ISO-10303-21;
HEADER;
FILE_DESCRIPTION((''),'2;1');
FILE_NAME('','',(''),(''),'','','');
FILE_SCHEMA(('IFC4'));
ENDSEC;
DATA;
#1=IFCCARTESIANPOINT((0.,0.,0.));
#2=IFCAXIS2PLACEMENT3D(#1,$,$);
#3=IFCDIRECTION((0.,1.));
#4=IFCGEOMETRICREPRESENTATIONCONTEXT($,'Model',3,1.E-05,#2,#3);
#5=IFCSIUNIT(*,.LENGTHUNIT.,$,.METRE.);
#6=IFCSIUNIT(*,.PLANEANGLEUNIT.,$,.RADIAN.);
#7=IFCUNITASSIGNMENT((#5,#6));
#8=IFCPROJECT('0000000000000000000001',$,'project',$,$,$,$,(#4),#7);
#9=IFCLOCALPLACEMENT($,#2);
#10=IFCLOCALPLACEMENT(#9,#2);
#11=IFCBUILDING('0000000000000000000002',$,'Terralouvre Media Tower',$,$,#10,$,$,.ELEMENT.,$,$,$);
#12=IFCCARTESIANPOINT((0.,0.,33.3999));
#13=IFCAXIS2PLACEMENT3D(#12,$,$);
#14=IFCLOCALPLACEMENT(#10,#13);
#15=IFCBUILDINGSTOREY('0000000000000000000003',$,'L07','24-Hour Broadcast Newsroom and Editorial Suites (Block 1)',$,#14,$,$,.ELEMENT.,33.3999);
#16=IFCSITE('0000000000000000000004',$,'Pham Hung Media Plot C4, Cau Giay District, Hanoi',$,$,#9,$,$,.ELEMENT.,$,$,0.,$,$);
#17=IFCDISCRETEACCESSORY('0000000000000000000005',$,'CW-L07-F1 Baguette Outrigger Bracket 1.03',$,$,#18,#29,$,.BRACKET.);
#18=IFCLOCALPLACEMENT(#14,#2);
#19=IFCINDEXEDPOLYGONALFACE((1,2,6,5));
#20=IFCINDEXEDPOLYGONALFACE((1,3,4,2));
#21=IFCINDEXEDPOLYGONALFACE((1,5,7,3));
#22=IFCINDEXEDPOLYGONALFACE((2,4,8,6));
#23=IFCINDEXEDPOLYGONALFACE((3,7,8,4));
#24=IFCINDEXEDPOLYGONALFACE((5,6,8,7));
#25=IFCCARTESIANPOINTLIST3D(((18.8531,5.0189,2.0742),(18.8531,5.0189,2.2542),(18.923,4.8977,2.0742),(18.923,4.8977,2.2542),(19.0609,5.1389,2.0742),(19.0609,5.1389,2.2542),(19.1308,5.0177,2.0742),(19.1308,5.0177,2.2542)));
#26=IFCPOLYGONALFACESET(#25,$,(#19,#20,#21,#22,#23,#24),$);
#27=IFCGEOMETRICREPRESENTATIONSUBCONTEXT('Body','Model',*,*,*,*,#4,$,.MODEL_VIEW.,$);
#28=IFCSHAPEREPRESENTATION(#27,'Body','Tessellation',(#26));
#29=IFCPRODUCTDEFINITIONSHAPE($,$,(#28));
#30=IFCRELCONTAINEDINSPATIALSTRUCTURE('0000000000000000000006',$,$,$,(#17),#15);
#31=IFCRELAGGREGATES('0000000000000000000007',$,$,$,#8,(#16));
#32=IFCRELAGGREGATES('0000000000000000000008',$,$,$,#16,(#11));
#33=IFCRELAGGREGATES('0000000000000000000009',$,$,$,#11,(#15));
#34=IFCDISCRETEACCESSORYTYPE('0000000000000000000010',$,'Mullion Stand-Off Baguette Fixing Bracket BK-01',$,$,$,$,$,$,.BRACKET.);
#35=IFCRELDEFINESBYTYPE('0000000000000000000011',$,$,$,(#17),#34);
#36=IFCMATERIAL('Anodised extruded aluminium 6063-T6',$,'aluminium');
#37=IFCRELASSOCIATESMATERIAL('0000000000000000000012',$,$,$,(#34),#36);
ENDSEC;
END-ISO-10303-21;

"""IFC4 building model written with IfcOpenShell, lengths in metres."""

from ifc_helpers import new_model, si_unit, direction, frame, origin, origin_2d, place, context, subcontext, project, spatial, rectangle, extrude, material, type_object, element, save


model = new_model("IFC4")

# Units and contexts
model_context = context("Model", 3, precision=1e-05, world=origin(), true_north=direction((0.0, 1.0)))
body_context = subcontext(model_context, "Body", "Model", "MODEL_VIEW")
ifc_project = project(units=[si_unit("LENGTHUNIT", "METRE"), si_unit("PLANEANGLEUNIT", "RADIAN")], contexts=[model_context])

# Site, building, storey
site_placement = place(None, origin())
site = spatial("IfcSite", under=ifc_project, at=site_placement, Name="Pham Hung Media Plot C4, Cau Giay District, Hanoi", CompositionType="ELEMENT", RefElevation=0.0)
building_placement = place(site_placement, origin())
building = spatial("IfcBuilding", under=site, at=building_placement, Name="Terralouvre Media Tower", CompositionType="ELEMENT")
storey_placement = place(building_placement, frame((0.0, 0.0, 33.3999)))
storey = spatial("IfcBuildingStorey", under=building, at=storey_placement, Name="L07", Description="24-Hour Broadcast Newsroom and Editorial Suites (Block 1)", CompositionType="ELEMENT", Elevation=33.3999)

# Discrete accessory
ifc_material_1 = material(Name="Anodised extruded aluminium 6063-T6", Category="aluminium")
discrete_accessory_type = type_object("IfcDiscreteAccessoryType", Name="Mullion Stand-Off Baguette Fixing Bracket BK-01", PredefinedType="BRACKET", material=ifc_material_1)
discrete_accessory_placement = place(storey_placement, frame((18.9919, 5.0183, 2.0742), z_axis=(0.0, 0.0, 1.0), x_axis=(-0.5, 0.866025, 0.0)))
element("IfcDiscreteAccessory", 1, at=discrete_accessory_placement, inside=storey, type_object=discrete_accessory_type, Name="CW-L07-F1 Baguette Outrigger Bracket 1.03", PredefinedType="BRACKET", context=body_context, shape_type="SweptSolid", body=[
    extrude(rectangle(XDim=0.1399, YDim=0.24, at=origin_2d()), origin(), (0.0, 0.0, 1.0), 0.1799),
])

save(model, "model.ifc")
